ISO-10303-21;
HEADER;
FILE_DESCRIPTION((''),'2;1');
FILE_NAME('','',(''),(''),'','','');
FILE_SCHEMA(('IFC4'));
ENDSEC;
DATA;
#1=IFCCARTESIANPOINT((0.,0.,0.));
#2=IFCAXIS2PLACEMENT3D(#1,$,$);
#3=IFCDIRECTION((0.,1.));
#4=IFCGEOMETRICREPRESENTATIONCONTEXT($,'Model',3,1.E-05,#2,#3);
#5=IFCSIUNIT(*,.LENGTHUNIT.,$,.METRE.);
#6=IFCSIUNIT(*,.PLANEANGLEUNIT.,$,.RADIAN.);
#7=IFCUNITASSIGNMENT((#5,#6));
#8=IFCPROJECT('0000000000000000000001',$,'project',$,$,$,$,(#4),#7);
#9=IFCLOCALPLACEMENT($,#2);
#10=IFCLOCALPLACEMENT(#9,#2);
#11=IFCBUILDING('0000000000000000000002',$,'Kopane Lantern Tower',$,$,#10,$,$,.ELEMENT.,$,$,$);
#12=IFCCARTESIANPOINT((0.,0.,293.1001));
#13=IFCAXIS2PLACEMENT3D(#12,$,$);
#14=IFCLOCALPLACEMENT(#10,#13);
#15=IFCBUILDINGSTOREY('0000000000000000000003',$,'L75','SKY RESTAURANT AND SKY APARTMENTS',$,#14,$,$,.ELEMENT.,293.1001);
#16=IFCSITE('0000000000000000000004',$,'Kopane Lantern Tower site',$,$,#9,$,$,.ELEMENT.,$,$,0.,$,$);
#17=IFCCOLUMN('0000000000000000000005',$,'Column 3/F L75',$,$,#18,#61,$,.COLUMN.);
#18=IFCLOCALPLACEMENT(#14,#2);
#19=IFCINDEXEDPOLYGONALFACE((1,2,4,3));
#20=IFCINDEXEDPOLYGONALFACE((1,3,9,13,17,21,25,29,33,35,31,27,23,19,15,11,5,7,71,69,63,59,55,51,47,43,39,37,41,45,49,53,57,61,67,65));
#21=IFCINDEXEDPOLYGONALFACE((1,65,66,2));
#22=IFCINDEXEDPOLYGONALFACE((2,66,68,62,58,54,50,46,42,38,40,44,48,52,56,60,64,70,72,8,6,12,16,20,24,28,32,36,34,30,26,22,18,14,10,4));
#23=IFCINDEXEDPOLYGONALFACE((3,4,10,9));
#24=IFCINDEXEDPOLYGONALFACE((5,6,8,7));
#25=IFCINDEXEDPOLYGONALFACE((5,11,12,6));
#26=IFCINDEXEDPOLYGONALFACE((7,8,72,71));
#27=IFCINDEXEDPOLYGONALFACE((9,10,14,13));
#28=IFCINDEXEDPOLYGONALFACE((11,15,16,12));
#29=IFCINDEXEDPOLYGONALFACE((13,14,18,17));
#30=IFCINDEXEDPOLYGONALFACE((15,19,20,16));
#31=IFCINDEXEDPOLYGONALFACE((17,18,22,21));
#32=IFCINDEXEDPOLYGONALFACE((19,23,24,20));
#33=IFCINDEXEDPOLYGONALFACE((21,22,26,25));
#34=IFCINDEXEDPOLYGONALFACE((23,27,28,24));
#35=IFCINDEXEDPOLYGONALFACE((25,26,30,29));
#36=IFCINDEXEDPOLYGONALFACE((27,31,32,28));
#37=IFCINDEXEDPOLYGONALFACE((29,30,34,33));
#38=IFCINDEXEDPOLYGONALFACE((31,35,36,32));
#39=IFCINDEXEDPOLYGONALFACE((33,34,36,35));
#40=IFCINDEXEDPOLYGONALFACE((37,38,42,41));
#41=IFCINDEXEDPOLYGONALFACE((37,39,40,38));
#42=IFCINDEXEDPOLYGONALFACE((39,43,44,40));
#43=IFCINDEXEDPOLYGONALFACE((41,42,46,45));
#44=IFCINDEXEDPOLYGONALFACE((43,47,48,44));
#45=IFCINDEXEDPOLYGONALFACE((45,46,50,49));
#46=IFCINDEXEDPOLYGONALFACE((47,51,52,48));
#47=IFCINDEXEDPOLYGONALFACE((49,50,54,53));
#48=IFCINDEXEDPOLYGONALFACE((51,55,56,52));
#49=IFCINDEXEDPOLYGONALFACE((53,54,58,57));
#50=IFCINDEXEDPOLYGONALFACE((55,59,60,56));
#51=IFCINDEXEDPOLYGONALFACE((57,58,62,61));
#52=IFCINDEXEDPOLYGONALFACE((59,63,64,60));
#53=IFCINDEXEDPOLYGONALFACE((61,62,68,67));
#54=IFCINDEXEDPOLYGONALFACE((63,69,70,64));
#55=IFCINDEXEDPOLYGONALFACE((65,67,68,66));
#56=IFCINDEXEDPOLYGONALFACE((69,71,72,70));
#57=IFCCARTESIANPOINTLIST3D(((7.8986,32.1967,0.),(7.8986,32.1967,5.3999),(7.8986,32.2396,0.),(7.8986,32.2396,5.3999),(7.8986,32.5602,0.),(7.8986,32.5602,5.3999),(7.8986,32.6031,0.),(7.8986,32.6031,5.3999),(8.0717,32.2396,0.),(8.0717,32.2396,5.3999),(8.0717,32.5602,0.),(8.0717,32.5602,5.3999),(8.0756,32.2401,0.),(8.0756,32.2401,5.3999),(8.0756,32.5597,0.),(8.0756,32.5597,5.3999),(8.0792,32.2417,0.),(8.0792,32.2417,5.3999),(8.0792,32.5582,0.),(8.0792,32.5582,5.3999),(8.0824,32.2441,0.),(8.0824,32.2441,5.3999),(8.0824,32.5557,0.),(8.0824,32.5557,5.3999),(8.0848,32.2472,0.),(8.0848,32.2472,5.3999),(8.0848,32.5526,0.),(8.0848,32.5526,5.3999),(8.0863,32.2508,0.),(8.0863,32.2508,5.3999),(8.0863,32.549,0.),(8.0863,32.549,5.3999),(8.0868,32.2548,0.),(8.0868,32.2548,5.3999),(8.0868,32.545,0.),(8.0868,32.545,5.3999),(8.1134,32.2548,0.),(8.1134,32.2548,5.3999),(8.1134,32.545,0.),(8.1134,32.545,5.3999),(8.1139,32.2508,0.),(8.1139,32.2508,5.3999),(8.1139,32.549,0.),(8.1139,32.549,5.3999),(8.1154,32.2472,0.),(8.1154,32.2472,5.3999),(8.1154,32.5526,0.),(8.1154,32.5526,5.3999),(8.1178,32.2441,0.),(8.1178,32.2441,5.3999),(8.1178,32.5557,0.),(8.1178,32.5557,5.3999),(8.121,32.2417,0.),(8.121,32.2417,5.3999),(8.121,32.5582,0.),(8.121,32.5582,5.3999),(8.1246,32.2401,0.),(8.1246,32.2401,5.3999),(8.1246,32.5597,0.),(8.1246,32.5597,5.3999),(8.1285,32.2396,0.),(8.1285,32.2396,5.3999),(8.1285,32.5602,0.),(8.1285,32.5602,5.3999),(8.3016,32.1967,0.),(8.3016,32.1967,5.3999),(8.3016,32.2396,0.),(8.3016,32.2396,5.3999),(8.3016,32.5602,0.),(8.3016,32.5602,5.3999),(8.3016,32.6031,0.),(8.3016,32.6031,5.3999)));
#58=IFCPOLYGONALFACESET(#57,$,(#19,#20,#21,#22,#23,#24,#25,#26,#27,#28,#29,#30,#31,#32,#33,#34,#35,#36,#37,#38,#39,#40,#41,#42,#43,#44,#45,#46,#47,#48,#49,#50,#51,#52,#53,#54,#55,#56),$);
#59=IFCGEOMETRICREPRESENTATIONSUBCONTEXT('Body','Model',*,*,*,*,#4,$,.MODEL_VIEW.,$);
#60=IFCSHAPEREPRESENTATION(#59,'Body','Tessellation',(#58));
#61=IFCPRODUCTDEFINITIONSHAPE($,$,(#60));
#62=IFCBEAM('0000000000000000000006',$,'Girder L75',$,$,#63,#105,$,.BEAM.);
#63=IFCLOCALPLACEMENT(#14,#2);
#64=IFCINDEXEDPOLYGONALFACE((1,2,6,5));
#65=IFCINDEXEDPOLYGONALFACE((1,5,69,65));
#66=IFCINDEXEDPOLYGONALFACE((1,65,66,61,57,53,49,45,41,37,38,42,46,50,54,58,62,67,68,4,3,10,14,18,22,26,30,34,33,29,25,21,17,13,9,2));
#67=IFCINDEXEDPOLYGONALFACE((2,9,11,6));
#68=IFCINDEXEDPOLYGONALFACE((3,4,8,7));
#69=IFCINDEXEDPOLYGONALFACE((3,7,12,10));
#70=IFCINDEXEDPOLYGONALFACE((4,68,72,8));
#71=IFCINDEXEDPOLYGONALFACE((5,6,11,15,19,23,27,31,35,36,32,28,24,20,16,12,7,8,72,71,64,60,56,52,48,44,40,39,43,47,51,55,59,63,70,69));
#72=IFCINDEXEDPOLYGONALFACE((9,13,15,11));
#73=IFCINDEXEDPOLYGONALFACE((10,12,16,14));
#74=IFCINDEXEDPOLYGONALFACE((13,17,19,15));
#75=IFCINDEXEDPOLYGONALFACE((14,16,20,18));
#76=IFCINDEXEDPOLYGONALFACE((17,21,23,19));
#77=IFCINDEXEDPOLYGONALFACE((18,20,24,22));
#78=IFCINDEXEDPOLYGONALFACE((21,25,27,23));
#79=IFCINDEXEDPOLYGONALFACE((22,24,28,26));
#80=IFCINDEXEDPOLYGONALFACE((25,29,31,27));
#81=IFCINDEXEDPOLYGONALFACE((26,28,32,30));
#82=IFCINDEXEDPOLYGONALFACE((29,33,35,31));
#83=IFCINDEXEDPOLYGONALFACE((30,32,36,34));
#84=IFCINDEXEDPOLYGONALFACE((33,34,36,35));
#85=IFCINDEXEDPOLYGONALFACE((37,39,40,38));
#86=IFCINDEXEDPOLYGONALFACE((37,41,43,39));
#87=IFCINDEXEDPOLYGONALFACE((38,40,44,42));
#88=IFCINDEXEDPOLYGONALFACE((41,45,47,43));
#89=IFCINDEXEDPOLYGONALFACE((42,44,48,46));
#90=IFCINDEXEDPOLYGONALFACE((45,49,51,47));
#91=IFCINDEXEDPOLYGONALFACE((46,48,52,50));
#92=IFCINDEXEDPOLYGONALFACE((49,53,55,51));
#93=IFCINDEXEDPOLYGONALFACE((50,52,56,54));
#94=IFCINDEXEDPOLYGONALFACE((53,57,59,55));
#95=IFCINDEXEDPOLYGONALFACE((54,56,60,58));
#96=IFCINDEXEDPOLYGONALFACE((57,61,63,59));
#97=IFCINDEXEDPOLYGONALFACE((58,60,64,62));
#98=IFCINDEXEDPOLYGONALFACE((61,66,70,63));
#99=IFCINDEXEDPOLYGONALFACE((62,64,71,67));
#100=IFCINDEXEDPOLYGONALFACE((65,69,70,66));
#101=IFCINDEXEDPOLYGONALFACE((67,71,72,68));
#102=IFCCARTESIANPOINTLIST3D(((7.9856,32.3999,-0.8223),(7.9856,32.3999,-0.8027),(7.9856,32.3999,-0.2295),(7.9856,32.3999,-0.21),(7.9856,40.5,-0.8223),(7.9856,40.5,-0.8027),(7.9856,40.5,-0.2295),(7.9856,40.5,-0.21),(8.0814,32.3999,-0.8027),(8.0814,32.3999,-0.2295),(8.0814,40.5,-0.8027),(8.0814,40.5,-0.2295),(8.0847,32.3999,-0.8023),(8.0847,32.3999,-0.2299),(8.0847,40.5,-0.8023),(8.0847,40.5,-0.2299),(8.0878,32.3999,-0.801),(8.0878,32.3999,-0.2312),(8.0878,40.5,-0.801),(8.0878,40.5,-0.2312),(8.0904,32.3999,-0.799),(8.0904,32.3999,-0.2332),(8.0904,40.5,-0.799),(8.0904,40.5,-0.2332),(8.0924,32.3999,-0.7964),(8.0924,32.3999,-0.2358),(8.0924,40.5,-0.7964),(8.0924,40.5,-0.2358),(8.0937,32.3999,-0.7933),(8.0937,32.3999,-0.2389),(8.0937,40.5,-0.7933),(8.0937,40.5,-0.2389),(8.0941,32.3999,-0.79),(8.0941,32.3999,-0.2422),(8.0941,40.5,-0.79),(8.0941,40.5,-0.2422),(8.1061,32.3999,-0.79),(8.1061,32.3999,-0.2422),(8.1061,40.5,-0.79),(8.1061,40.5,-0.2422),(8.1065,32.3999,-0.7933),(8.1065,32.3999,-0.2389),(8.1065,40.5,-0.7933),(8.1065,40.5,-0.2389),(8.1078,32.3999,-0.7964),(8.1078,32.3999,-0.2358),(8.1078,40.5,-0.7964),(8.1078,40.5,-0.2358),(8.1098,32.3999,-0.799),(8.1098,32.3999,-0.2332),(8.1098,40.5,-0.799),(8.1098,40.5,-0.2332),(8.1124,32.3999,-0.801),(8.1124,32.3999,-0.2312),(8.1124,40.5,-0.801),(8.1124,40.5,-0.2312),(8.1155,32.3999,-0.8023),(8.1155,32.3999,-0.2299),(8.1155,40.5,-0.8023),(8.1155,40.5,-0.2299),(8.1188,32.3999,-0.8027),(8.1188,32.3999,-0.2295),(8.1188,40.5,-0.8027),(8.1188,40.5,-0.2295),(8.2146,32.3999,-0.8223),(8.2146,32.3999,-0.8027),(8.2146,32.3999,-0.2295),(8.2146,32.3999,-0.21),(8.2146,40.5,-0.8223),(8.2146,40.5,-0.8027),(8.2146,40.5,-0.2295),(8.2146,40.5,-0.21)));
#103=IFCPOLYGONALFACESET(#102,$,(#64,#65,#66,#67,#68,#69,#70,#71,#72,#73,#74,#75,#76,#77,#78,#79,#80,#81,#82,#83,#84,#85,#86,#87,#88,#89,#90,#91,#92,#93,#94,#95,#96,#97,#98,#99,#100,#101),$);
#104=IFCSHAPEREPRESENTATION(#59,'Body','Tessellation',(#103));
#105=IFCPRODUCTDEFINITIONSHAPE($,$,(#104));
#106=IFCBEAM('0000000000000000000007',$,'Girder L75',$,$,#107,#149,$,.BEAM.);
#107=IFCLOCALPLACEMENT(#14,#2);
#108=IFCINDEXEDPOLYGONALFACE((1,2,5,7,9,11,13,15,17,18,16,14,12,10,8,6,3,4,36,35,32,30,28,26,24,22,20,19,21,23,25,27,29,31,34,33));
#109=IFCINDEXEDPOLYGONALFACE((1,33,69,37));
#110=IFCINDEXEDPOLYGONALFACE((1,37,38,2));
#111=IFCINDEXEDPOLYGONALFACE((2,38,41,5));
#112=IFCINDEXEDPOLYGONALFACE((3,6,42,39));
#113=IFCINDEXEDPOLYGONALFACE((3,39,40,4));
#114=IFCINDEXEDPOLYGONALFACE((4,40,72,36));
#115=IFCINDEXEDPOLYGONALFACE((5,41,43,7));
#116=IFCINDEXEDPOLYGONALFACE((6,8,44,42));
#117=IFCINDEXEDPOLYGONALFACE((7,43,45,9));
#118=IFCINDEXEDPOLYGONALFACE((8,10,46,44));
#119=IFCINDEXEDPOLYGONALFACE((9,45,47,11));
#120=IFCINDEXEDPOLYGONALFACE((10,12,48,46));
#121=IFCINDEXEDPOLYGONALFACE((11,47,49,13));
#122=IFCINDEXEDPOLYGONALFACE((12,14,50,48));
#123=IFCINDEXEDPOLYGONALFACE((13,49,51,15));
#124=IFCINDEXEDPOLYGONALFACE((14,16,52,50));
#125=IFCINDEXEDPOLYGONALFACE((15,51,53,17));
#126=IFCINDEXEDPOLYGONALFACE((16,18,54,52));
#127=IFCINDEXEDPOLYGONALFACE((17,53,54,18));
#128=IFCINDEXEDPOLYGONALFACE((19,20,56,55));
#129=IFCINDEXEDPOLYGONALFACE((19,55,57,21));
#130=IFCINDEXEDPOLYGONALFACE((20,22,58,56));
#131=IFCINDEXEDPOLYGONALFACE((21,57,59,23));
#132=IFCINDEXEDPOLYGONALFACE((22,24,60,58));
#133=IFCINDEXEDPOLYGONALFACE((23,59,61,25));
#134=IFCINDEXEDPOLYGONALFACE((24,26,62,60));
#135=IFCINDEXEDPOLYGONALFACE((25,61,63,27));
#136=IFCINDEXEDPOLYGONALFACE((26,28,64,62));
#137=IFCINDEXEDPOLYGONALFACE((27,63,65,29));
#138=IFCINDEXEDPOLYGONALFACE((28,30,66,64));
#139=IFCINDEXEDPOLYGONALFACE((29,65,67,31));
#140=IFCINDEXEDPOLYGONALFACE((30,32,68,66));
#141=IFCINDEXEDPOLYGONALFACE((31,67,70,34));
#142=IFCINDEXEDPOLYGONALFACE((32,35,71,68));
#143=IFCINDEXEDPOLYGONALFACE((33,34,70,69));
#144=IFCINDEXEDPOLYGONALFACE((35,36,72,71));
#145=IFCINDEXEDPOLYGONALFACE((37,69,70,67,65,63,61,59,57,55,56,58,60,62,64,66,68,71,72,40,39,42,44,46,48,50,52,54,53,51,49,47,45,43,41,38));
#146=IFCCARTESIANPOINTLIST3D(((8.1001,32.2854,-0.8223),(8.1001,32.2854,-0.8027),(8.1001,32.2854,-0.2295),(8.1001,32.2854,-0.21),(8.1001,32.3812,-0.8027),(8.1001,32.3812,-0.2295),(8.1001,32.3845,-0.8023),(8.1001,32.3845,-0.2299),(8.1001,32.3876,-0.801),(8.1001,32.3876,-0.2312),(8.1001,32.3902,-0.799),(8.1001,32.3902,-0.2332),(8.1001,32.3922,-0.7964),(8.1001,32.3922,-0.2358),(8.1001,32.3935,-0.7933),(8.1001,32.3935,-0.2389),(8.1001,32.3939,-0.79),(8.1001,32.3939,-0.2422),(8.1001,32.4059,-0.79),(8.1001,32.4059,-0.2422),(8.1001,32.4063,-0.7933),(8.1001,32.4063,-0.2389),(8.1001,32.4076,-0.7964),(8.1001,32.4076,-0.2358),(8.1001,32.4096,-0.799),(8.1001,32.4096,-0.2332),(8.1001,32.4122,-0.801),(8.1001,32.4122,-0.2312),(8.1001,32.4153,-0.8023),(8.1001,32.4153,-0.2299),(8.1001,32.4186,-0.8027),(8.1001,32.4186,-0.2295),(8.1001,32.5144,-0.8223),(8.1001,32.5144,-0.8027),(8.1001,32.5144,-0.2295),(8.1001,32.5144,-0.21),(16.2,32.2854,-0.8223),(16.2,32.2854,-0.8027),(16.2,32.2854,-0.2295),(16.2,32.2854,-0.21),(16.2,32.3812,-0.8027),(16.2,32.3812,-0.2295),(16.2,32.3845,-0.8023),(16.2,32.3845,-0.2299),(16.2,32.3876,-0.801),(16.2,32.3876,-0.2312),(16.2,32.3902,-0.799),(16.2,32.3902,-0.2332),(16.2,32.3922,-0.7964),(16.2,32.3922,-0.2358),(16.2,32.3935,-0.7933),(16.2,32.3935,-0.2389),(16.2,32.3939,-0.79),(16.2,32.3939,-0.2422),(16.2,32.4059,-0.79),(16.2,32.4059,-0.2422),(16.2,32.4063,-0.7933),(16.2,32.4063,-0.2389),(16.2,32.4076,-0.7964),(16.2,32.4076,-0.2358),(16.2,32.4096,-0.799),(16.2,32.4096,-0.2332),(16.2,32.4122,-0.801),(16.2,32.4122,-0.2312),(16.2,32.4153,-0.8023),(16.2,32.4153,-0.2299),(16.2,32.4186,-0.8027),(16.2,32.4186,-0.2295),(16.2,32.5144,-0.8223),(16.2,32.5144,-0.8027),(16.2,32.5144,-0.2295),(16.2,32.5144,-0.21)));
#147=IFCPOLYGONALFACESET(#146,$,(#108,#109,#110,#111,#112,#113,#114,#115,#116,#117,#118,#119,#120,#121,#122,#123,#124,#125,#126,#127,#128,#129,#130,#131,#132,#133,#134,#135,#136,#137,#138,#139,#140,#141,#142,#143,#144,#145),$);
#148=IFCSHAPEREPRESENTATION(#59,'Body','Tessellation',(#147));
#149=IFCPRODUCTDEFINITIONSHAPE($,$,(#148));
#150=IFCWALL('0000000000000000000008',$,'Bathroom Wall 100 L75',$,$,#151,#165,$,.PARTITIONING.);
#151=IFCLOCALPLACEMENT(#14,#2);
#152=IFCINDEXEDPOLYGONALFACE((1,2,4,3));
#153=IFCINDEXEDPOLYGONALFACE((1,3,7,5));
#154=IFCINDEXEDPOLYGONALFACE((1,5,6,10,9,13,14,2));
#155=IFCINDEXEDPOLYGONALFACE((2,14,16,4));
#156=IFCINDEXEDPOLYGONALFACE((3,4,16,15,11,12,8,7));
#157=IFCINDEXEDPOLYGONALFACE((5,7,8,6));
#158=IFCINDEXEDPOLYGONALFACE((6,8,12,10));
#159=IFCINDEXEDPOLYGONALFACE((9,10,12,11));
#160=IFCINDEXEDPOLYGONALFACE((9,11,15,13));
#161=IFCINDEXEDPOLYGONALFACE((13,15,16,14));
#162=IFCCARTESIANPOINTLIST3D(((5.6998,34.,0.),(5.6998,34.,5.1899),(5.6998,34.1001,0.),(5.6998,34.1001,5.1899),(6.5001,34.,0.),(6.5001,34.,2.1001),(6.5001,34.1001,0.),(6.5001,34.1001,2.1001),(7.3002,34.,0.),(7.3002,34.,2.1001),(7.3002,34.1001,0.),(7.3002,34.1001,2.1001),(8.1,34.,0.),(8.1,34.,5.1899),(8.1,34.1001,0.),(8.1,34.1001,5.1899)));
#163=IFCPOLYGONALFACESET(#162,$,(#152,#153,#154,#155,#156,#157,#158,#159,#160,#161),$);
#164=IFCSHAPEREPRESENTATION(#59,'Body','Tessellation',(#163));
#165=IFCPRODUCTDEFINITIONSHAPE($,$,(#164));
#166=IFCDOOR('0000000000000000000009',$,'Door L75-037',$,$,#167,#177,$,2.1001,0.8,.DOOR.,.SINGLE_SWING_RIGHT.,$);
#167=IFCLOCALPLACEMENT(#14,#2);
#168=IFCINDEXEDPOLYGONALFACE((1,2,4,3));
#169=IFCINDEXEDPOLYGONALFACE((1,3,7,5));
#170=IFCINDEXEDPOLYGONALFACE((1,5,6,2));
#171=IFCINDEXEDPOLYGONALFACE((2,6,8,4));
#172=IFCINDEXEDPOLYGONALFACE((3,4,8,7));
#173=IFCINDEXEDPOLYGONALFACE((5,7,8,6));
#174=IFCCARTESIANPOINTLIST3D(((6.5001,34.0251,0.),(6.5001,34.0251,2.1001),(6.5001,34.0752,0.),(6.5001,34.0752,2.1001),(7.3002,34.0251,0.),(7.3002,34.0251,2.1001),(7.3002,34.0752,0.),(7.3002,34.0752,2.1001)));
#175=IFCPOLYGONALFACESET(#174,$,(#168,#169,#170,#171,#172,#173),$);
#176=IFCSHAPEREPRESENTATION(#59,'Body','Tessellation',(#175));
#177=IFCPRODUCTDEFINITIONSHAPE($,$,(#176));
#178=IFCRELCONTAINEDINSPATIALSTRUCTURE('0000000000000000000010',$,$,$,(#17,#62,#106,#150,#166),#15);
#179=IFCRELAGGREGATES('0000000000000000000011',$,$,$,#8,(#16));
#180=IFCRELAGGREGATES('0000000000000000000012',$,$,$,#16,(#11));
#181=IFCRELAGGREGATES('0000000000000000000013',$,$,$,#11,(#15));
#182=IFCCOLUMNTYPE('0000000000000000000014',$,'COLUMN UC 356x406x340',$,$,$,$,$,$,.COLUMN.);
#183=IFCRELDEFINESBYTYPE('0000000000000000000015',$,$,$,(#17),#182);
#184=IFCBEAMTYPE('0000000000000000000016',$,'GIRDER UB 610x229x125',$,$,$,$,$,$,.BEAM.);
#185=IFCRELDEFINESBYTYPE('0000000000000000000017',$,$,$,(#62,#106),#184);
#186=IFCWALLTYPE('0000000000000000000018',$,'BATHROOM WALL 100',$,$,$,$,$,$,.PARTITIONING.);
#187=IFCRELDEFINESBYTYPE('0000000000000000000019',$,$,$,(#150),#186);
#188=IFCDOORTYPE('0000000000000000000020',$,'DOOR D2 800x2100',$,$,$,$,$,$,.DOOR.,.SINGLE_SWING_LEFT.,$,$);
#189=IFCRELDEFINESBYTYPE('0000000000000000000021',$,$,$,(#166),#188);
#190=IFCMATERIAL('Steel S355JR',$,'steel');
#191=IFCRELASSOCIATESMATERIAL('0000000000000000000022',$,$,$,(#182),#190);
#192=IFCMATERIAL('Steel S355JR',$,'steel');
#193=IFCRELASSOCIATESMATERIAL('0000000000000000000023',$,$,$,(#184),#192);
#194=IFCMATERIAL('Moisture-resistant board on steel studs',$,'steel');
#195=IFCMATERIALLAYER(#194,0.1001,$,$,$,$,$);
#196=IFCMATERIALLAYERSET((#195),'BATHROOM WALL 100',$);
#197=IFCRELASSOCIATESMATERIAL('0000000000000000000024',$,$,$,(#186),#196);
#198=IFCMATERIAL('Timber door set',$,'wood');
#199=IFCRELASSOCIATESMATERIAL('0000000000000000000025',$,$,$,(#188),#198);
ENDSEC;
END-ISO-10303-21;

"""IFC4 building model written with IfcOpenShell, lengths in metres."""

from ifc_helpers import new_model, si_unit, direction, frame, frame_2d, origin, origin_2d, place, context, subcontext, project, spatial, rectangle, i_section, extrude, material, layer, layer_set, material_profile, profile_set, type_object, element, fill, save


model = new_model("IFC4")

# Units and contexts
model_context = context("Model", 3, precision=1e-05, world=origin(), true_north=direction((0.0, 1.0)))
body_context = subcontext(model_context, "Body", "Model", "MODEL_VIEW")
ifc_project = project(units=[si_unit("LENGTHUNIT", "METRE"), si_unit("PLANEANGLEUNIT", "RADIAN")], contexts=[model_context])

# Site, building, storey
site_placement = place(None, origin())
site = spatial("IfcSite", under=ifc_project, at=site_placement, Name="Kopane Lantern Tower site", CompositionType="ELEMENT", RefElevation=0.0)
building_placement = place(site_placement, origin())
building = spatial("IfcBuilding", under=site, at=building_placement, Name="Kopane Lantern Tower", CompositionType="ELEMENT")
storey_placement = place(building_placement, frame((0.0, 0.0, 293.1001)))
storey = spatial("IfcBuildingStorey", under=building, at=storey_placement, Name="L75", Description="SKY RESTAURANT AND SKY APARTMENTS", CompositionType="ELEMENT", Elevation=293.1001)

# Column
ifc_material_1 = material(Name="Steel S355JR", Category="steel")
ifc_material_profile_1 = material_profile(ifc_material_1, i_section(OverallWidth=0.4031, OverallDepth=0.4065, WebThickness=0.0266, FlangeThickness=0.043, FilletRadius=0.0151, at=origin_2d()), Name="UC 356x406x340")
ifc_profile_set_1 = profile_set([ifc_material_profile_1], Name="Steel S355JR")
column_type = type_object("IfcColumnType", Name="COLUMN UC 356x406x340", PredefinedType="COLUMN", material=ifc_profile_set_1)
column_placement = place(storey_placement, frame((8.1001, 32.3999, 0.0), z_axis=(0.0, 0.0, 1.0), x_axis=(1.0, 0.0, 0.0)))
element("IfcColumn", 1, at=column_placement, inside=storey, type_object=column_type, Name="Column 3/F L75", PredefinedType="COLUMN", context=body_context, shape_type="SweptSolid", body=[
    extrude(i_section(OverallWidth=0.4031, OverallDepth=0.4065, WebThickness=0.0266, FlangeThickness=0.043, FilletRadius=0.0151, at=origin_2d()), origin(), (0.0, 0.0, 1.0), 5.3999),
])

# Beams
ifc_material_2 = material(Name="Steel S355JR", Category="steel")
ifc_material_profile_2 = material_profile(ifc_material_2, i_section(OverallWidth=0.229, OverallDepth=0.6123, WebThickness=0.012, FlangeThickness=0.0195, FilletRadius=0.0127, at=origin_2d()), Name="UB 610x229x125")
ifc_profile_set_2 = profile_set([ifc_material_profile_2], Name="Steel S355JR")
beam_type = type_object("IfcBeamType", Name="GIRDER UB 610x229x125", PredefinedType="BEAM", material=ifc_profile_set_2)
beam_1_placement = place(storey_placement, frame((8.1001, 32.3999, -0.5161), z_axis=(0.0, 1.0, 0.0), x_axis=(-1.0, 0.0, 0.0)))
element("IfcBeam", 2, at=beam_1_placement, inside=storey, type_object=beam_type, Name="Girder L75", PredefinedType="BEAM", context=body_context, shape_type="SweptSolid", body=[
    extrude(i_section(OverallWidth=0.229, OverallDepth=0.6123, WebThickness=0.012, FlangeThickness=0.0195, FilletRadius=0.0127, at=origin_2d()), origin(), (0.0, 0.0, 1.0), 8.1001),
])
beam_2_placement = place(storey_placement, frame((8.1001, 32.3999, -0.5161), z_axis=(1.0, 0.0, 0.0), x_axis=(0.0, 1.0, 0.0)))
element("IfcBeam", 3, at=beam_2_placement, inside=storey, type_object=beam_type, Name="Girder L75", PredefinedType="BEAM", context=body_context, shape_type="SweptSolid", body=[
    extrude(i_section(OverallWidth=0.229, OverallDepth=0.6123, WebThickness=0.012, FlangeThickness=0.0195, FilletRadius=0.0127, at=origin_2d()), origin(), (0.0, 0.0, 1.0), 8.0999),
])

# Wall, opening, door
ifc_material_3 = material(Name="Moisture-resistant board on steel studs", Category="steel")
ifc_layer_1 = layer(ifc_material_3, 0.1001)
ifc_layer_set_1 = layer_set([ifc_layer_1], Name="BATHROOM WALL 100")
wall_type_1 = type_object("IfcWallType", Name="BATHROOM WALL 100", PredefinedType="PARTITIONING", material=ifc_layer_set_1)
wall_1_placement = place(storey_placement, frame((8.1001, 34.05, 0.0), z_axis=(0.0, 0.0, 1.0), x_axis=(-1.0, 0.0, 0.0)))
wall_1 = element("IfcWall", 4, at=wall_1_placement, inside=storey, type_object=wall_type_1, Name="Bathroom Wall 100 L75", PredefinedType="PARTITIONING", context=body_context, shape_type="SweptSolid", body=[
    extrude(rectangle(XDim=2.4001, YDim=0.1001, at=frame_2d((1.2002, 0.0))), origin(), (0.0, 0.0, 1.0), 5.1899),
])
opening_1_placement = place(wall_1_placement, frame((0.8, 0.0, 0.0)))
opening_1 = element("IfcOpeningElement", 5, at=opening_1_placement, cuts=wall_1, PredefinedType="OPENING", context=body_context, shape_type="SweptSolid", body=[
    extrude(rectangle(XDim=0.8, YDim=2.1001, at=frame_2d((0.3999, 1.05))), frame((0.0, 0.0601, 0.0), z_axis=(0.0, -1.0, 0.0), x_axis=(1.0, 0.0, 0.0)), (0.0, 0.0, 1.0), 0.1201),
])
ifc_material_4 = material(Name="Timber door set", Category="wood")
door_type_1 = type_object("IfcDoorType", Name="DOOR D2 800x2100", OperationType="SINGLE_SWING_LEFT", PredefinedType="DOOR", material=ifc_material_4)
door_1_placement = place(opening_1_placement, origin())
door_1 = element("IfcDoor", 6, at=door_1_placement, inside=storey, type_object=door_type_1, Name="Door L75-037", OperationType="SINGLE_SWING_RIGHT", OverallHeight=2.1001, OverallWidth=0.8, PredefinedType="DOOR", context=body_context, shape_type="SweptSolid", body=[
    extrude(rectangle(XDim=0.8, YDim=2.1001, at=frame_2d((0.3999, 1.05))), frame((0.0, 0.0249, 0.0), z_axis=(0.0, -1.0, 0.0), x_axis=(1.0, 0.0, 0.0)), (0.0, 0.0, 1.0), 0.05),
])
fill(opening_1, door_1)

save(model, "model.ifc")
